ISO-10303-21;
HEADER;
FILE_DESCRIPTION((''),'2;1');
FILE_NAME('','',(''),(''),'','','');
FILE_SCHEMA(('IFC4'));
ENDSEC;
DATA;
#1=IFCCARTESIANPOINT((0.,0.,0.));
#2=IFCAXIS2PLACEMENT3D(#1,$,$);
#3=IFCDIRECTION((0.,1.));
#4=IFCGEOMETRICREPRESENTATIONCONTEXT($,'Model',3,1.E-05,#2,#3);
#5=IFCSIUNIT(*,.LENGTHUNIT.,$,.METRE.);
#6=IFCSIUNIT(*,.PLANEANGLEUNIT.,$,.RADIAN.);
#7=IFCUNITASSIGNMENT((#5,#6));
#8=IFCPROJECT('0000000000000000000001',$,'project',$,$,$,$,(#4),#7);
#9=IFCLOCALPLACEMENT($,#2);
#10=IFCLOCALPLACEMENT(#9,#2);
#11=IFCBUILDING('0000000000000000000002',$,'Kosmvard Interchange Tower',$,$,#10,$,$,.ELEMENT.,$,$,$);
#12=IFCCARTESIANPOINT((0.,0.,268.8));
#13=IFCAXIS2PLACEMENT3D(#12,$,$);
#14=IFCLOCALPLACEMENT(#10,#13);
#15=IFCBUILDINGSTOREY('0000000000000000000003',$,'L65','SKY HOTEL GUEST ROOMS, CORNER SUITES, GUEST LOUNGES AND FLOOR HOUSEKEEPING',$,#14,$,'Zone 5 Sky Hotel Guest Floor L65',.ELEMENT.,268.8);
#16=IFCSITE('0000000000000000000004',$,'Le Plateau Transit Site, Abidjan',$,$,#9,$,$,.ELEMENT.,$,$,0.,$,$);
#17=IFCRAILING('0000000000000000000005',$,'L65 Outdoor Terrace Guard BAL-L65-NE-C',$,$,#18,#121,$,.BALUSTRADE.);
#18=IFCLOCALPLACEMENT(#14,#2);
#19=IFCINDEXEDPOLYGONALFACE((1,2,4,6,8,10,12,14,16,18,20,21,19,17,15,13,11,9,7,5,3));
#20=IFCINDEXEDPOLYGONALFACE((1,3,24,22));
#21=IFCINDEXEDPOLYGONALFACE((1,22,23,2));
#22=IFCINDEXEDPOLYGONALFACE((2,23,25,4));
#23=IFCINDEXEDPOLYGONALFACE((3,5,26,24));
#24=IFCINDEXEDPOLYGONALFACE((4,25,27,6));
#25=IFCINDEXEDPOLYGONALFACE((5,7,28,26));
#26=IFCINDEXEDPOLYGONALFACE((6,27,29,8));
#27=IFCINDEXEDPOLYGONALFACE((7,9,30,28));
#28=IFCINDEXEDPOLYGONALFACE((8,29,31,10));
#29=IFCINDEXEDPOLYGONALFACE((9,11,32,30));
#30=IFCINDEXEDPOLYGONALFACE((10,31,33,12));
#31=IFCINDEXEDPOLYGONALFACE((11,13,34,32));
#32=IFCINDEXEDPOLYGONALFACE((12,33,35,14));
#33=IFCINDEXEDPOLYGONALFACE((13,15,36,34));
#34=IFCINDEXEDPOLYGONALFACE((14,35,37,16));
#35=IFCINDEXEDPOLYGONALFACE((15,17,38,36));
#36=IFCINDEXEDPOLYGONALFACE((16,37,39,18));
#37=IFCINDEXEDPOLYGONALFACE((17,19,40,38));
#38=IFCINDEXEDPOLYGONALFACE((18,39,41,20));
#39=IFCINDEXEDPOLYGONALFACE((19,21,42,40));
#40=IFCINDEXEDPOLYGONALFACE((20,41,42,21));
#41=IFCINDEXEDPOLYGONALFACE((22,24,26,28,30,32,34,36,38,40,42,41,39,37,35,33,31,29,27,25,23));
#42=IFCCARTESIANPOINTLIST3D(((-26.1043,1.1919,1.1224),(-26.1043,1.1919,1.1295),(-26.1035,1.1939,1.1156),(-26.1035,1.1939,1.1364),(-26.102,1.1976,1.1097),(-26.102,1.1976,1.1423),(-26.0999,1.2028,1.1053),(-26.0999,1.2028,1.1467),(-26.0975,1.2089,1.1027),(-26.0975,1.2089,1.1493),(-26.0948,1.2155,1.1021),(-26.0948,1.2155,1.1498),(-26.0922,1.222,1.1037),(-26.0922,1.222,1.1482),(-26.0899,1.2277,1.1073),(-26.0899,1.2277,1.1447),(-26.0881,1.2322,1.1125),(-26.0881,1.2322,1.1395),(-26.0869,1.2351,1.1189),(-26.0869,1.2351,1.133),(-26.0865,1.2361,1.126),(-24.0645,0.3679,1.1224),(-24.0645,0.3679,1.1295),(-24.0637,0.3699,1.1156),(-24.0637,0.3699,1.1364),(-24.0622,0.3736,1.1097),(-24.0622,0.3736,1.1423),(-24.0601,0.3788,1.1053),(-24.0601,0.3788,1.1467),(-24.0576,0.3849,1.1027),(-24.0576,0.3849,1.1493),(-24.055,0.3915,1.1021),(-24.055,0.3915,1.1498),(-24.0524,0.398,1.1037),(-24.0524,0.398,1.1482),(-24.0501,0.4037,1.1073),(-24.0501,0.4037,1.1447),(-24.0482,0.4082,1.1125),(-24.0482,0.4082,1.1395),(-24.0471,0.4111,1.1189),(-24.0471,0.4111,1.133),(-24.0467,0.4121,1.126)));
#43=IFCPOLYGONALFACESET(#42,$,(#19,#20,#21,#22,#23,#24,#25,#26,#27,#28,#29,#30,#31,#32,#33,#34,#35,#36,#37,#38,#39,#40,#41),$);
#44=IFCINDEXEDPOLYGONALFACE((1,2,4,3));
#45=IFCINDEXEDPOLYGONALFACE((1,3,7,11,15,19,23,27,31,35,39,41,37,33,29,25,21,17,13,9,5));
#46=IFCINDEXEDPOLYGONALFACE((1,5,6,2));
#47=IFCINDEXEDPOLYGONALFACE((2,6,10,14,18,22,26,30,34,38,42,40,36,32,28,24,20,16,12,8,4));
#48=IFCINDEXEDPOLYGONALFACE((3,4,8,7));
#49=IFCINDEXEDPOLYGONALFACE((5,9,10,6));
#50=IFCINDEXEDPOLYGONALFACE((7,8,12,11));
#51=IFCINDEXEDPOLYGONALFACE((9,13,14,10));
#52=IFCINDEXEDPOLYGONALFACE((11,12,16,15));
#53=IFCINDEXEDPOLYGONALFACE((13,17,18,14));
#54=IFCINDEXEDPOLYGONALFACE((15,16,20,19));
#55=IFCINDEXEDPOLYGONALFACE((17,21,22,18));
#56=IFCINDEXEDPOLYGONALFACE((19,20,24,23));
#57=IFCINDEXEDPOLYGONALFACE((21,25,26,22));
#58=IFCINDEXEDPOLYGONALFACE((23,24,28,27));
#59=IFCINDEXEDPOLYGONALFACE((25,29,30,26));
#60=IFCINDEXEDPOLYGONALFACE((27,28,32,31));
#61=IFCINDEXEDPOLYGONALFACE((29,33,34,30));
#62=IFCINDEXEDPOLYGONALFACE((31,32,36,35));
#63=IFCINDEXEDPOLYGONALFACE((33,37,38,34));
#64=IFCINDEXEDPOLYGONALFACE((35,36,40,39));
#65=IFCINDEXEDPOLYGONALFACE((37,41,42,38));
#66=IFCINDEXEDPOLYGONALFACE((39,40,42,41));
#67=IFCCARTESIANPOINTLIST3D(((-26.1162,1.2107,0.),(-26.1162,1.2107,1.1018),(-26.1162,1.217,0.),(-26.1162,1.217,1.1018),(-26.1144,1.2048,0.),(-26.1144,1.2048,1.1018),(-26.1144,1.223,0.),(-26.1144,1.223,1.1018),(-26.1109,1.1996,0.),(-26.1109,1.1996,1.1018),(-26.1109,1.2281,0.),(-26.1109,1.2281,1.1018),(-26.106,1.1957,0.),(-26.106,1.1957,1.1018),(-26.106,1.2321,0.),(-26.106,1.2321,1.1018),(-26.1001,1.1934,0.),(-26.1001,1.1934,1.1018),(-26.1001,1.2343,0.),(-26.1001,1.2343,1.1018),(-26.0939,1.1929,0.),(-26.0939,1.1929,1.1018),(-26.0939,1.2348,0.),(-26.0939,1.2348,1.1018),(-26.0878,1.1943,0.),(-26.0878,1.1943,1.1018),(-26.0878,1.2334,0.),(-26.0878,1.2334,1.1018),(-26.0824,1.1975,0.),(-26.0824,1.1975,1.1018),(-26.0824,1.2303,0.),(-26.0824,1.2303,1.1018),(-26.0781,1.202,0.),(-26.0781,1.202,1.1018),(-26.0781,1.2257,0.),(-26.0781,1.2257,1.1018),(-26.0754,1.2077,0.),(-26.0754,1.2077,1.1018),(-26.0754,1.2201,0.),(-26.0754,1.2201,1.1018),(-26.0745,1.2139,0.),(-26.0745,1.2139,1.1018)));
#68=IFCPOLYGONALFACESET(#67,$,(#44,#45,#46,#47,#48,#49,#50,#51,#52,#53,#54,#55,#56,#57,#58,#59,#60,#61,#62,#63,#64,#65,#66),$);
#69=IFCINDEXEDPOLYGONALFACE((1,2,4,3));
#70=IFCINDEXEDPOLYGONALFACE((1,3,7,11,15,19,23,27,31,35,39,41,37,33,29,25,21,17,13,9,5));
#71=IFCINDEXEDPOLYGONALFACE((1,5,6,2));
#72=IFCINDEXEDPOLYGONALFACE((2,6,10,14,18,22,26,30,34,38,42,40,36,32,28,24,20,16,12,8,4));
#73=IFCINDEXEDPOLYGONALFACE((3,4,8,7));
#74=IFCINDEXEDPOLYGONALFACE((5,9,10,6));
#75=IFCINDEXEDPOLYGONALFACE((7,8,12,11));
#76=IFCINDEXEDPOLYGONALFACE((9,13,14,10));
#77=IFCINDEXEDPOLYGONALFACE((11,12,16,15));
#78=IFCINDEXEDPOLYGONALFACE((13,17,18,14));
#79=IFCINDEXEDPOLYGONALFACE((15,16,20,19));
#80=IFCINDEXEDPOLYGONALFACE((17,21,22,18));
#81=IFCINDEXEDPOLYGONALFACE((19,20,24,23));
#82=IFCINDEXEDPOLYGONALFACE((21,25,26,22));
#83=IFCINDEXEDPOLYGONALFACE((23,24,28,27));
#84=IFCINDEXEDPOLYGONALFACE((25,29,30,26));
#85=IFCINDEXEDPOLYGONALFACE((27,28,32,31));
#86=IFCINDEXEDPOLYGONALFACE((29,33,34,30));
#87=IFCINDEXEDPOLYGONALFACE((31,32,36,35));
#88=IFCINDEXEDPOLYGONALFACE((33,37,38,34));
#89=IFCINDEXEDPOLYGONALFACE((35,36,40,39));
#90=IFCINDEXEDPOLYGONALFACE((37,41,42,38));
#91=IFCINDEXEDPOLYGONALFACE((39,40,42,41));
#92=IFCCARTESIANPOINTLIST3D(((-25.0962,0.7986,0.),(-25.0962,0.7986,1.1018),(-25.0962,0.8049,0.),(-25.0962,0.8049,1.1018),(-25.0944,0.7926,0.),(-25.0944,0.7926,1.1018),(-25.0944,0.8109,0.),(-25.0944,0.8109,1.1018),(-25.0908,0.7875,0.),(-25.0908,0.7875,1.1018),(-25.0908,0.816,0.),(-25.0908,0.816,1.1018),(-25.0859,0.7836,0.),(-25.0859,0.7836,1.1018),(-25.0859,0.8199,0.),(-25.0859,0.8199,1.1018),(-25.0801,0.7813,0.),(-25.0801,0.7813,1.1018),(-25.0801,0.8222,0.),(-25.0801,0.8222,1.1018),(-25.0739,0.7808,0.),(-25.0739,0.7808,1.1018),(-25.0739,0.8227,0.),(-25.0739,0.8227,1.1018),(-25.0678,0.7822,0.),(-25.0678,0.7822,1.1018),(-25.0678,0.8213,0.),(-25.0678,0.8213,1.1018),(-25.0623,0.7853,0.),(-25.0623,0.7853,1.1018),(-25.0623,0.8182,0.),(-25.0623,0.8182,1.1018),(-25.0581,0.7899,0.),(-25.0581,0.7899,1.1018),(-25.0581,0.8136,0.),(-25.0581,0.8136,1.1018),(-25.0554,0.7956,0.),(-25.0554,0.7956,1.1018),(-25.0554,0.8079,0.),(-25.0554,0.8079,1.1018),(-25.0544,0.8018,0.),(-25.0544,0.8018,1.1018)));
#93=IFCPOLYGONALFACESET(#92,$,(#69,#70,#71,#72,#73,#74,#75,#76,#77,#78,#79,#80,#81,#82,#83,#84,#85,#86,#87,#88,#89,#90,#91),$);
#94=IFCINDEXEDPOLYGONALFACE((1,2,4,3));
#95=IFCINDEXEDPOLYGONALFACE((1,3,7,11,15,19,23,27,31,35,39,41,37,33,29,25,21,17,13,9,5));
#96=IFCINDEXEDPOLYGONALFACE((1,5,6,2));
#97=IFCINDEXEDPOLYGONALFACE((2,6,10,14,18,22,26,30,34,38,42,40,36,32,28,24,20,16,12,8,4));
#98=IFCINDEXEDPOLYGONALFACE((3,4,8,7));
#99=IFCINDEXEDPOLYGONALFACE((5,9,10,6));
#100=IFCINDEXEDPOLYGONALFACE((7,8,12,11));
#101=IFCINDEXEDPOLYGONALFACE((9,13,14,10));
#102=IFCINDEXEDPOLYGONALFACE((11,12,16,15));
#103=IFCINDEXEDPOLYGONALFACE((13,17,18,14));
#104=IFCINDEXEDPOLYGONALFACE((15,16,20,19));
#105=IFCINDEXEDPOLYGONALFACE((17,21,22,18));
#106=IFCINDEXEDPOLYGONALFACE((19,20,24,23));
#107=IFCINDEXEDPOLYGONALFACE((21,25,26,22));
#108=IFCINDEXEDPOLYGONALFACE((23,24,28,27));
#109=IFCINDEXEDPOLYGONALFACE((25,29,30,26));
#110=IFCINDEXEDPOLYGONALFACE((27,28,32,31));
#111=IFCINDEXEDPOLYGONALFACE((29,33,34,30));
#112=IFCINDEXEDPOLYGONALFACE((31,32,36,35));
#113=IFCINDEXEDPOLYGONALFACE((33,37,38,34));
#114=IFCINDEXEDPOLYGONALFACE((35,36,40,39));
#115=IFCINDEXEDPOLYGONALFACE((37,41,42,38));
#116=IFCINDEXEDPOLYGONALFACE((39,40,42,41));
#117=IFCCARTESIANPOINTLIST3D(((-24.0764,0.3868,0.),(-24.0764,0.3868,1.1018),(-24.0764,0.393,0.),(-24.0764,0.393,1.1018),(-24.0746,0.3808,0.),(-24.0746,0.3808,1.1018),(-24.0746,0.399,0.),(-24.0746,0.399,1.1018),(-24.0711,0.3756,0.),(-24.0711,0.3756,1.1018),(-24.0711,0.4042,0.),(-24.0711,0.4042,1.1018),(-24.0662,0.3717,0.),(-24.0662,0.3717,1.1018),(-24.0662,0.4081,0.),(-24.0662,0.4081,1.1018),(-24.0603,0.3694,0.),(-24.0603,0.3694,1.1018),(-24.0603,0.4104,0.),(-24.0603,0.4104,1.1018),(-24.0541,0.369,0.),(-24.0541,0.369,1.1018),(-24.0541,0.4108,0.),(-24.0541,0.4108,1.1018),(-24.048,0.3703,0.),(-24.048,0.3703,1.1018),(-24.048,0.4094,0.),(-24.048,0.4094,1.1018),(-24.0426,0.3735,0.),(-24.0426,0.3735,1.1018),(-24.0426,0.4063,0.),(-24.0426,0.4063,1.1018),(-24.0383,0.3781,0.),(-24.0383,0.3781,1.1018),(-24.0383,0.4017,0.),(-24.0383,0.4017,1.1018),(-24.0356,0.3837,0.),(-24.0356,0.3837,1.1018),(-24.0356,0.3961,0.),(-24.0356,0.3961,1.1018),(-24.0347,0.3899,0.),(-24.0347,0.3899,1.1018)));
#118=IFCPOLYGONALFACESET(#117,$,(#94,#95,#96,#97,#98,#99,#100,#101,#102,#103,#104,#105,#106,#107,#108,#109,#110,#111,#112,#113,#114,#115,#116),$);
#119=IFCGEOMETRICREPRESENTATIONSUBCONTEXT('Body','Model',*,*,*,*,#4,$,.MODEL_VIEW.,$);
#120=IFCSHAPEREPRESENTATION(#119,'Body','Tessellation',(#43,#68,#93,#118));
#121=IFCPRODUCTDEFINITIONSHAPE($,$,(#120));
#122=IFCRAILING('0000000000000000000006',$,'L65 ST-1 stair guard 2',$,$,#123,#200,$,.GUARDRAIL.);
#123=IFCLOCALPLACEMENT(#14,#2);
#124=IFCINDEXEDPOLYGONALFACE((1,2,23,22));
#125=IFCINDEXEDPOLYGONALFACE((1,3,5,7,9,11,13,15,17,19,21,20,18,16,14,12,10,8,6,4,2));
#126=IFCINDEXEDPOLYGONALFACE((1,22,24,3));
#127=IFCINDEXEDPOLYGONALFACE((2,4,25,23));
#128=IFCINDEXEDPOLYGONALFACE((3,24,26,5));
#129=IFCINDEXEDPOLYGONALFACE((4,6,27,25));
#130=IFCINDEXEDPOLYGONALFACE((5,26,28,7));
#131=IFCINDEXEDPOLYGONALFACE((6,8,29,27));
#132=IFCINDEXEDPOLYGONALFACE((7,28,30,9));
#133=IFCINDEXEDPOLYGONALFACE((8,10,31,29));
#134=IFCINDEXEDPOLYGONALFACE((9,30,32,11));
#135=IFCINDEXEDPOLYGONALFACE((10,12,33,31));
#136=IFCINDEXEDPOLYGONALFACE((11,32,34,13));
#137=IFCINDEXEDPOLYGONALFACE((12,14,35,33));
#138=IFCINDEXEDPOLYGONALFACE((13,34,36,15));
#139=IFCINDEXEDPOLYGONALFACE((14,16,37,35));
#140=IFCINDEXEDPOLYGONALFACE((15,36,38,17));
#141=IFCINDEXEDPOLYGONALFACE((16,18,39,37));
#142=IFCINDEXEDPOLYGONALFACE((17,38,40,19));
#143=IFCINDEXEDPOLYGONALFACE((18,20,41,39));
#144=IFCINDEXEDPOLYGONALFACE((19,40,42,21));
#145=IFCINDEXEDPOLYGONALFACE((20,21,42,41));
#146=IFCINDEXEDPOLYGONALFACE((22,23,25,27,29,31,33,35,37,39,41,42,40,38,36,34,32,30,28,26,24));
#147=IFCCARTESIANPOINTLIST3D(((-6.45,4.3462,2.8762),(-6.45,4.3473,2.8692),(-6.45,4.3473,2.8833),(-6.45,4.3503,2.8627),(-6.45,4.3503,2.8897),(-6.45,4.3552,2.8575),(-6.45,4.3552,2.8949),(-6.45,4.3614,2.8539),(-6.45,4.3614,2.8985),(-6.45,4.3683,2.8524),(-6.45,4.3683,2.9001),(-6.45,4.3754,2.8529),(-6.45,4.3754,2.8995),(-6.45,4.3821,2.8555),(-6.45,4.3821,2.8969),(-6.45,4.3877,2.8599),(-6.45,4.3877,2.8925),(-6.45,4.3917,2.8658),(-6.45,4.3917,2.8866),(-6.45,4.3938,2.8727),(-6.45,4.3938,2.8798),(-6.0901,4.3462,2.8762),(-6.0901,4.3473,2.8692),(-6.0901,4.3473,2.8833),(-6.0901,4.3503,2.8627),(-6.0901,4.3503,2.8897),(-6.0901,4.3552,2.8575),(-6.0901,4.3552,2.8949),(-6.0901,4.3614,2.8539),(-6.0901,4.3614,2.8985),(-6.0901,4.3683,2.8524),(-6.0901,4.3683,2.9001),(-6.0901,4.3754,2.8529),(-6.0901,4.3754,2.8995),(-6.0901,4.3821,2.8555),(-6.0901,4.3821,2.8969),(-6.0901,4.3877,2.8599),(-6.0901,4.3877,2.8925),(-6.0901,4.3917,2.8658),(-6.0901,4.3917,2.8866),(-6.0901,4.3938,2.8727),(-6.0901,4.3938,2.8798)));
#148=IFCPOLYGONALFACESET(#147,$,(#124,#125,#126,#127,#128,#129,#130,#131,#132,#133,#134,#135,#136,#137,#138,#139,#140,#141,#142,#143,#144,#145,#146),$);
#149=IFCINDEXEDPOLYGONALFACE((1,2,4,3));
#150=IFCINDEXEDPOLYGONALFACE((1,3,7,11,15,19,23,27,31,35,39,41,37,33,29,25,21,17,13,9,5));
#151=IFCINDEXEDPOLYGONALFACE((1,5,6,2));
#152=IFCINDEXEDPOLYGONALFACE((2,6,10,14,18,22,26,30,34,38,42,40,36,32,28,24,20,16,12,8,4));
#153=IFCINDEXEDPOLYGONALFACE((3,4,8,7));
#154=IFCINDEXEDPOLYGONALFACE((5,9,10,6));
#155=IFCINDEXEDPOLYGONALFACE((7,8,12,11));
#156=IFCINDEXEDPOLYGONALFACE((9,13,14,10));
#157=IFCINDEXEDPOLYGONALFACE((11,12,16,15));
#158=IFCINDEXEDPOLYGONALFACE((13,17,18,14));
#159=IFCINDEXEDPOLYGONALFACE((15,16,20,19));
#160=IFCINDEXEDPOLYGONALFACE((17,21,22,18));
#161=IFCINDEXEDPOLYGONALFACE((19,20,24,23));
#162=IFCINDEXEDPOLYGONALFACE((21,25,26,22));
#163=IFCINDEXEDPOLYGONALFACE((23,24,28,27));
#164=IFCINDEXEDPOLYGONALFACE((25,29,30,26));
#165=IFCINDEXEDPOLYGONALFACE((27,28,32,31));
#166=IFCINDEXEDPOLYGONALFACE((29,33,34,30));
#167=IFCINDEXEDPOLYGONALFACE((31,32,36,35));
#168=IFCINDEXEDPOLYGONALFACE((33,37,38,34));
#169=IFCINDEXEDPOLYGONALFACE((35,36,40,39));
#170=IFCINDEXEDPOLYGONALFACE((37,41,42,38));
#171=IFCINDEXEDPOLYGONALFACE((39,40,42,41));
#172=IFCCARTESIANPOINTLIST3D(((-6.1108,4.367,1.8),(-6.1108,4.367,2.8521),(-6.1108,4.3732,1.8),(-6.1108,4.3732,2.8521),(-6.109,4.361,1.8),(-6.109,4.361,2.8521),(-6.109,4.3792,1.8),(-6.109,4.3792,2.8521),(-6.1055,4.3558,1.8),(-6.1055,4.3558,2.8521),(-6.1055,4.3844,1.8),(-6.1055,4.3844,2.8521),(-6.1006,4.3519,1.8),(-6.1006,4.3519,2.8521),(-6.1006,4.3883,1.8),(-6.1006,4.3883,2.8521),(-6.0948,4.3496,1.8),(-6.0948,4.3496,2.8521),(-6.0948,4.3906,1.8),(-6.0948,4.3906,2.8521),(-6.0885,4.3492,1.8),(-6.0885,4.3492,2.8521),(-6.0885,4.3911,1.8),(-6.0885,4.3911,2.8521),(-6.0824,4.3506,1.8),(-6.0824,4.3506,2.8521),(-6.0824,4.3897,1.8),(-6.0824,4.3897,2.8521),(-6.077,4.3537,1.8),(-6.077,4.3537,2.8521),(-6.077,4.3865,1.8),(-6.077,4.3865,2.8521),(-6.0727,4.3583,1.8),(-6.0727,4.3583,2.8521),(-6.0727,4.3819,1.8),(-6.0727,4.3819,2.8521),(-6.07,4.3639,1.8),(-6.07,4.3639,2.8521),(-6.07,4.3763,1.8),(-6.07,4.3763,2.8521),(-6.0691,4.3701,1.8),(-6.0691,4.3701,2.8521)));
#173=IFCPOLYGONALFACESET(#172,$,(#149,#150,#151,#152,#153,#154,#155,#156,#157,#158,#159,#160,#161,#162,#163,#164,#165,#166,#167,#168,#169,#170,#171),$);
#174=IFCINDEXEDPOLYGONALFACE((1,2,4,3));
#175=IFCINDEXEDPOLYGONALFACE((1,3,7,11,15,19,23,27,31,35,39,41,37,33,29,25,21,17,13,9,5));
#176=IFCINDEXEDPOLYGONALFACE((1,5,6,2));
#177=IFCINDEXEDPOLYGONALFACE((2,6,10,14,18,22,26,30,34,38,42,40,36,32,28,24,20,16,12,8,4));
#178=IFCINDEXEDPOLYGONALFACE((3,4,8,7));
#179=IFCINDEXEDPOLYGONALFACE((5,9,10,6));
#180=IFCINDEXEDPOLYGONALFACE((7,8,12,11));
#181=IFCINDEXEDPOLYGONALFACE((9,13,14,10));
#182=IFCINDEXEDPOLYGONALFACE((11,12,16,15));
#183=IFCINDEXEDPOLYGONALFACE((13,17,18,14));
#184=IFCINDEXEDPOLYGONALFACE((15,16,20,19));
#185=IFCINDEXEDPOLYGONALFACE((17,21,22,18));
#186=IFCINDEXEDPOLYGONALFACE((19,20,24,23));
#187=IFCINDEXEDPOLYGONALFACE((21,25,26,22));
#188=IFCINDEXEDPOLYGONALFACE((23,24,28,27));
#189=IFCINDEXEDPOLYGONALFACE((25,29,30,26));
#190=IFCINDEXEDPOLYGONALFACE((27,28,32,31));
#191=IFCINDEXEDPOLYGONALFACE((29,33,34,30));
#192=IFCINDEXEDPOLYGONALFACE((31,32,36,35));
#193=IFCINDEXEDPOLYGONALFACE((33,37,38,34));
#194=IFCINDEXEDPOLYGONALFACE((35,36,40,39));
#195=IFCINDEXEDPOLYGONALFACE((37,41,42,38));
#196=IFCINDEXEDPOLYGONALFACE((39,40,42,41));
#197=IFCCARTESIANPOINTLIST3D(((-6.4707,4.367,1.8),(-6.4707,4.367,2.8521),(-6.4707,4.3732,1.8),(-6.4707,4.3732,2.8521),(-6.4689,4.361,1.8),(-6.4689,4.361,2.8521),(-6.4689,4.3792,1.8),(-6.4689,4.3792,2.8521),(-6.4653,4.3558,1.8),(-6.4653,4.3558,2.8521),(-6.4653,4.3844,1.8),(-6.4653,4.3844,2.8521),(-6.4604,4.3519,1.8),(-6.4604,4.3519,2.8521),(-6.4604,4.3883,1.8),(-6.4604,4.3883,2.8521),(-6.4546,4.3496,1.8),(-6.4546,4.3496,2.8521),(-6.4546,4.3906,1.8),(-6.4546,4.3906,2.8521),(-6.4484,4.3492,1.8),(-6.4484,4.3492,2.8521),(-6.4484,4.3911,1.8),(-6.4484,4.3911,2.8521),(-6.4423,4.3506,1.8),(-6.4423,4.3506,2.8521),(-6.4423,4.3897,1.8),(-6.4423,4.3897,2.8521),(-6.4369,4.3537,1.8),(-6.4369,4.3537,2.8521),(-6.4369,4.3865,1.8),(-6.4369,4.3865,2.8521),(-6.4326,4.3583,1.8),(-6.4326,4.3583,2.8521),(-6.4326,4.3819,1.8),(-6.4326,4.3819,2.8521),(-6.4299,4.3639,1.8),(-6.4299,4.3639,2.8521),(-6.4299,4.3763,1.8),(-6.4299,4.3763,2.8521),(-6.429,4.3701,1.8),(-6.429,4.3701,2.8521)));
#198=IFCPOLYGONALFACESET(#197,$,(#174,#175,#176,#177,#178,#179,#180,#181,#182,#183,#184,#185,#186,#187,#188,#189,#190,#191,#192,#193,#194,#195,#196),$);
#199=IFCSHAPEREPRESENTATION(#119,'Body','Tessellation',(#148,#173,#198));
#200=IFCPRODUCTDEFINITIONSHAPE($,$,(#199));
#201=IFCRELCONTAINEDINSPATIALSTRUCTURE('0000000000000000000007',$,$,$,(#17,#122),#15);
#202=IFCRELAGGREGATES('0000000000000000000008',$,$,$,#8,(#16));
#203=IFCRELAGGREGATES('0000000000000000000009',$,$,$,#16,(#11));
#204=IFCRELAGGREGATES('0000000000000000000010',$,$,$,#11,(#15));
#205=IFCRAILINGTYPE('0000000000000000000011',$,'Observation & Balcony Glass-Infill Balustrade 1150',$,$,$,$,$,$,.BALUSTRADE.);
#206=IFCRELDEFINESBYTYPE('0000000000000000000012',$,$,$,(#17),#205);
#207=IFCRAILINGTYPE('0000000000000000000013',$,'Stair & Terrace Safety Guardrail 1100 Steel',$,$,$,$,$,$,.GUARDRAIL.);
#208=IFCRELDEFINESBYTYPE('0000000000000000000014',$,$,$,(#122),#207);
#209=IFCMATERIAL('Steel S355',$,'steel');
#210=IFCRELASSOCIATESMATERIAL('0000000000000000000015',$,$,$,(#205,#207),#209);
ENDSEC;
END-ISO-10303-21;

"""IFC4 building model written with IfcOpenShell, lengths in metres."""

from ifc_helpers import new_model, si_unit, direction, frame, origin, origin_2d, place, context, subcontext, project, spatial, circle, extrude, source, transform, mapped, material, type_object, element, save


model = new_model("IFC4")

# Units and contexts
model_context = context("Model", 3, precision=1e-05, world=origin(), true_north=direction((0.0, 1.0)))
body_context = subcontext(model_context, "Body", "Model", "MODEL_VIEW")
ifc_project = project(units=[si_unit("LENGTHUNIT", "METRE"), si_unit("PLANEANGLEUNIT", "RADIAN")], contexts=[model_context])

# Site, building, storey
site_placement = place(None, origin())
site = spatial("IfcSite", under=ifc_project, at=site_placement, Name="Le Plateau Transit Site, Abidjan", CompositionType="ELEMENT", RefElevation=0.0)
building_placement = place(site_placement, origin())
building = spatial("IfcBuilding", under=site, at=building_placement, Name="Kosmvard Interchange Tower", CompositionType="ELEMENT")
storey_placement = place(building_placement, frame((0.0, 0.0, 268.8)))
storey = spatial("IfcBuildingStorey", under=building, at=storey_placement, Name="L65", Description="SKY HOTEL GUEST ROOMS, CORNER SUITES, GUEST LOUNGES AND FLOOR HOUSEKEEPING", LongName="Zone 5 Sky Hotel Guest Floor L65", CompositionType="ELEMENT", Elevation=268.8)

# Shared definitions
ifc_material_1 = material(Name="Steel S355", Category="steel")

# Railings
railing_type_1 = type_object("IfcRailingType", Name="Observation & Balcony Glass-Infill Balustrade 1150", PredefinedType="BALUSTRADE", material=ifc_material_1)
shared_shape_1 = source(origin(), body_context, "Body", "SweptSolid", [
    extrude(circle(Radius=0.0239, at=origin_2d()), frame((0.0, 0.0, 1.126), z_axis=(0.927208, -0.374546, 0.0), x_axis=(0.374546, 0.927208, 0.0)), (0.0, 0.0, 1.0), 2.2),
    extrude(circle(Radius=0.021, at=origin_2d()), origin(), (0.0, 0.0, 1.0), 1.1018),
    extrude(circle(Radius=0.021, at=origin_2d()), frame((1.02, -0.4121, 0.0)), (0.0, 0.0, 1.0), 1.1018),
    extrude(circle(Radius=0.021, at=origin_2d()), frame((2.0398, -0.824, 0.0)), (0.0, 0.0, 1.0), 1.1018),
])
railing_1_placement = place(storey_placement, frame((-26.0955, 1.2139, 0.0)))
element("IfcRailing", 1, at=railing_1_placement, inside=storey, type_object=railing_type_1, Name="L65 Outdoor Terrace Guard BAL-L65-NE-C", PredefinedType="BALUSTRADE", context=body_context, shape_type="MappedRepresentation", body=[
    mapped(shared_shape_1, transform((0.0, 0.0, 0.0), scale=1.0)),
])
railing_type_2 = type_object("IfcRailingType", Name="Stair & Terrace Safety Guardrail 1100 Steel", PredefinedType="GUARDRAIL", material=ifc_material_1)
shared_shape_2 = source(origin(), body_context, "Body", "SweptSolid", [
    extrude(circle(Radius=0.0239, at=origin_2d()), frame((0.0, 0.0, 1.0762), z_axis=(-1.0, 0.0, 0.0), x_axis=(0.0, -1.0, 0.0)), (0.0, 0.0, 1.0), 0.3599),
    extrude(circle(Radius=0.021, at=origin_2d()), origin(), (0.0, 0.0, 1.0), 1.052),
    extrude(circle(Radius=0.021, at=origin_2d()), frame((-0.3599, 0.0, 0.0)), (0.0, 0.0, 1.0), 1.052),
])
for number, where, name in (
    (2, (-6.0901, 4.3701, 1.8), "L65 ST-1 stair guard 2"),
):
    element("IfcRailing", number, at=place(storey_placement, frame(where)), inside=storey, type_object=railing_type_2, Name=name, PredefinedType="GUARDRAIL", context=body_context, shape_type="MappedRepresentation", body=[
        mapped(shared_shape_2, transform((0.0, 0.0, 0.0), scale=1.0)),
    ])

save(model, "model.ifc")
